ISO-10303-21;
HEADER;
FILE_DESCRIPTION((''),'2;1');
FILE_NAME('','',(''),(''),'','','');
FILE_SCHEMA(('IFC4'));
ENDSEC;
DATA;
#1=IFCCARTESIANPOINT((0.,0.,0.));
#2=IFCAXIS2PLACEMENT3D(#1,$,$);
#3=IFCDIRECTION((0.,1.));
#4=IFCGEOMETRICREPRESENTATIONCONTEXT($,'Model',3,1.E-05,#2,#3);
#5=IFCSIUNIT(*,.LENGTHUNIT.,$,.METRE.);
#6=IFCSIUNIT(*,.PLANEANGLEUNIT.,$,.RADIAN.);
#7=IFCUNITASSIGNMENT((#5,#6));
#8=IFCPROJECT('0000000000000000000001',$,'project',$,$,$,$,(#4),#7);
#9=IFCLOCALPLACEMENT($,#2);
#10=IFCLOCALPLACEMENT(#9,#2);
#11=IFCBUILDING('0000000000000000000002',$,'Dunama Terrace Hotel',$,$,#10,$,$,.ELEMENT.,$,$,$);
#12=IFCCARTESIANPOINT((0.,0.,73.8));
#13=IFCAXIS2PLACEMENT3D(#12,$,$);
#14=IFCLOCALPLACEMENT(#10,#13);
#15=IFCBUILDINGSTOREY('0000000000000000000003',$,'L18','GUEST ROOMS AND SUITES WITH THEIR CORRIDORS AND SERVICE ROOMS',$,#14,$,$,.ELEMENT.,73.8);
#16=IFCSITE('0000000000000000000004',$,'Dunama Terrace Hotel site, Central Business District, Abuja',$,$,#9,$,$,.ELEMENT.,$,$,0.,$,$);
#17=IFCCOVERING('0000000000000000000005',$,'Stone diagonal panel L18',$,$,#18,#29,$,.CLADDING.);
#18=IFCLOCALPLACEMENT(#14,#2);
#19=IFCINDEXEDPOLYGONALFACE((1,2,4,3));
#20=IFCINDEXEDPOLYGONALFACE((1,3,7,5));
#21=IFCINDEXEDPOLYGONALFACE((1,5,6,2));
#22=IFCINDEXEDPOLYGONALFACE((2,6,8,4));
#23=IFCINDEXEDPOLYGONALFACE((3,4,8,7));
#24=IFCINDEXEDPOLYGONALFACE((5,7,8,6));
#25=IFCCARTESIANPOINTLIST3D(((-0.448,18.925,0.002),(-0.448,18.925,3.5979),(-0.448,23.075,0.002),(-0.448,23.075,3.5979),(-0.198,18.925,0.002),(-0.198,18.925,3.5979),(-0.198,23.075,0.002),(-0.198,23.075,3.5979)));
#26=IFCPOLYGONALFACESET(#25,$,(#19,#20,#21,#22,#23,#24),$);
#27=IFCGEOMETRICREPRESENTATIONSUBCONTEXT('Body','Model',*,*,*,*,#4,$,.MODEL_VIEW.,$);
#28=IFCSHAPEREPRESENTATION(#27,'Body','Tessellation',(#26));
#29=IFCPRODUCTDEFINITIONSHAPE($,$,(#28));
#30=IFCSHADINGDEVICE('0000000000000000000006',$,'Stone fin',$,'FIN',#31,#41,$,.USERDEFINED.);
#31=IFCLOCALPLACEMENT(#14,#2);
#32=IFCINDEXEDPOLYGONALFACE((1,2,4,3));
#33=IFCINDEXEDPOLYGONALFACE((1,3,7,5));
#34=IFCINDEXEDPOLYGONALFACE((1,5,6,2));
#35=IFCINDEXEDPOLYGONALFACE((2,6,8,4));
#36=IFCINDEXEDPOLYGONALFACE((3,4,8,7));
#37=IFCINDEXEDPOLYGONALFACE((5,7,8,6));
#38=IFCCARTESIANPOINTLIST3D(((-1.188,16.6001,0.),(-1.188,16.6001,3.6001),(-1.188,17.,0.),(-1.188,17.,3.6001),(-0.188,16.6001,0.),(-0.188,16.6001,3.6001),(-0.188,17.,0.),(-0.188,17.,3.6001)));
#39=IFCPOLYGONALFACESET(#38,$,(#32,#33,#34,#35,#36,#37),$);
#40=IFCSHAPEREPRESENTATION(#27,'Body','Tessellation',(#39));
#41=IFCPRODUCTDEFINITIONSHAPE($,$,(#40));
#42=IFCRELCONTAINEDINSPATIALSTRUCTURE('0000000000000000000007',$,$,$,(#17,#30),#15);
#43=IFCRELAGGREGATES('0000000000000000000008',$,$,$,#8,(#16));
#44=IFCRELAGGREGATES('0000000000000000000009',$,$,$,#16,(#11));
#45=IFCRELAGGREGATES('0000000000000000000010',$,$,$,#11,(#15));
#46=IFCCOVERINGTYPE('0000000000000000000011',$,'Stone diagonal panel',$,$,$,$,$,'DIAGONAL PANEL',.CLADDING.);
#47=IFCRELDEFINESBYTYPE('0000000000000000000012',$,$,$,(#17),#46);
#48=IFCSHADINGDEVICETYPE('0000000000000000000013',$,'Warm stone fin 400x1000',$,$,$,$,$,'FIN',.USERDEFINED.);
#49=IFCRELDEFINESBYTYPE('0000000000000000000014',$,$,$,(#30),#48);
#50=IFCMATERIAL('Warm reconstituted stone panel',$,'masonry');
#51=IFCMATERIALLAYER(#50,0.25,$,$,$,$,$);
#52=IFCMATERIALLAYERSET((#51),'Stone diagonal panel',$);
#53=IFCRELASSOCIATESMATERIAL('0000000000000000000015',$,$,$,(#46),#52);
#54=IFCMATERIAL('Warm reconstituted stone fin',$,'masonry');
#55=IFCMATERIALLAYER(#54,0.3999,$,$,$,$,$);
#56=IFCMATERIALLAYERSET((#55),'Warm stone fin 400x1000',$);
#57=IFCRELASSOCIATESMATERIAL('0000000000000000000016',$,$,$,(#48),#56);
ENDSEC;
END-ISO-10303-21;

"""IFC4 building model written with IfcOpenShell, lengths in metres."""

from ifc_helpers import new_model, si_unit, direction, frame, origin, origin_2d, place, context, subcontext, project, spatial, rectangle, extrude, material, layer, layer_set, type_object, element, save


model = new_model("IFC4")

# Units and contexts
model_context = context("Model", 3, precision=1e-05, world=origin(), true_north=direction((0.0, 1.0)))
body_context = subcontext(model_context, "Body", "Model", "MODEL_VIEW")
ifc_project = project(units=[si_unit("LENGTHUNIT", "METRE"), si_unit("PLANEANGLEUNIT", "RADIAN")], contexts=[model_context])

# Site, building, storey
site_placement = place(None, origin())
site = spatial("IfcSite", under=ifc_project, at=site_placement, Name="Dunama Terrace Hotel site, Central Business District, Abuja", CompositionType="ELEMENT", RefElevation=0.0)
building_placement = place(site_placement, origin())
building = spatial("IfcBuilding", under=site, at=building_placement, Name="Dunama Terrace Hotel", CompositionType="ELEMENT")
storey_placement = place(building_placement, frame((0.0, 0.0, 73.8)))
storey = spatial("IfcBuildingStorey", under=building, at=storey_placement, Name="L18", Description="GUEST ROOMS AND SUITES WITH THEIR CORRIDORS AND SERVICE ROOMS", CompositionType="ELEMENT", Elevation=73.8)

# Covering
ifc_material_1 = material(Name="Warm reconstituted stone panel", Category="masonry")
ifc_layer_1 = layer(ifc_material_1, 0.25)
ifc_layer_set_1 = layer_set([ifc_layer_1], Name="Stone diagonal panel")
covering_type = type_object("IfcCoveringType", Name="Stone diagonal panel", ElementType="DIAGONAL PANEL", PredefinedType="CLADDING", material=ifc_layer_set_1)
covering_placement = place(storey_placement, frame((-0.323, 21.0, 0.002), z_axis=(0.0, 0.0, 1.0), x_axis=(0.0, -1.0, 0.0)))
element("IfcCovering", 1, at=covering_placement, inside=storey, type_object=covering_type, Name="Stone diagonal panel L18", PredefinedType="CLADDING", context=body_context, shape_type="SweptSolid", body=[
    extrude(rectangle(XDim=4.1499, YDim=0.25, at=origin_2d()), origin(), (0.0, 0.0, 1.0), 3.5959),
])

# Shading device
ifc_material_2 = material(Name="Warm reconstituted stone fin", Category="masonry")
ifc_layer_2 = layer(ifc_material_2, 0.3999)
ifc_layer_set_2 = layer_set([ifc_layer_2], Name="Warm stone fin 400x1000")
shading_device_type = type_object("IfcShadingDeviceType", Name="Warm stone fin 400x1000", ElementType="FIN", PredefinedType="USERDEFINED", material=ifc_layer_set_2)
shading_device_placement = place(storey_placement, frame((-0.688, 16.8, 0.0), z_axis=(0.0, 0.0, 1.0), x_axis=(0.0, -1.0, 0.0)))
element("IfcShadingDevice", 2, at=shading_device_placement, inside=storey, type_object=shading_device_type, Name="Stone fin", ObjectType="FIN", PredefinedType="USERDEFINED", context=body_context, shape_type="SweptSolid", body=[
    extrude(rectangle(XDim=0.3999, YDim=1.0, at=origin_2d()), origin(), (0.0, 0.0, 1.0), 3.6001),
])

save(model, "model.ifc")
